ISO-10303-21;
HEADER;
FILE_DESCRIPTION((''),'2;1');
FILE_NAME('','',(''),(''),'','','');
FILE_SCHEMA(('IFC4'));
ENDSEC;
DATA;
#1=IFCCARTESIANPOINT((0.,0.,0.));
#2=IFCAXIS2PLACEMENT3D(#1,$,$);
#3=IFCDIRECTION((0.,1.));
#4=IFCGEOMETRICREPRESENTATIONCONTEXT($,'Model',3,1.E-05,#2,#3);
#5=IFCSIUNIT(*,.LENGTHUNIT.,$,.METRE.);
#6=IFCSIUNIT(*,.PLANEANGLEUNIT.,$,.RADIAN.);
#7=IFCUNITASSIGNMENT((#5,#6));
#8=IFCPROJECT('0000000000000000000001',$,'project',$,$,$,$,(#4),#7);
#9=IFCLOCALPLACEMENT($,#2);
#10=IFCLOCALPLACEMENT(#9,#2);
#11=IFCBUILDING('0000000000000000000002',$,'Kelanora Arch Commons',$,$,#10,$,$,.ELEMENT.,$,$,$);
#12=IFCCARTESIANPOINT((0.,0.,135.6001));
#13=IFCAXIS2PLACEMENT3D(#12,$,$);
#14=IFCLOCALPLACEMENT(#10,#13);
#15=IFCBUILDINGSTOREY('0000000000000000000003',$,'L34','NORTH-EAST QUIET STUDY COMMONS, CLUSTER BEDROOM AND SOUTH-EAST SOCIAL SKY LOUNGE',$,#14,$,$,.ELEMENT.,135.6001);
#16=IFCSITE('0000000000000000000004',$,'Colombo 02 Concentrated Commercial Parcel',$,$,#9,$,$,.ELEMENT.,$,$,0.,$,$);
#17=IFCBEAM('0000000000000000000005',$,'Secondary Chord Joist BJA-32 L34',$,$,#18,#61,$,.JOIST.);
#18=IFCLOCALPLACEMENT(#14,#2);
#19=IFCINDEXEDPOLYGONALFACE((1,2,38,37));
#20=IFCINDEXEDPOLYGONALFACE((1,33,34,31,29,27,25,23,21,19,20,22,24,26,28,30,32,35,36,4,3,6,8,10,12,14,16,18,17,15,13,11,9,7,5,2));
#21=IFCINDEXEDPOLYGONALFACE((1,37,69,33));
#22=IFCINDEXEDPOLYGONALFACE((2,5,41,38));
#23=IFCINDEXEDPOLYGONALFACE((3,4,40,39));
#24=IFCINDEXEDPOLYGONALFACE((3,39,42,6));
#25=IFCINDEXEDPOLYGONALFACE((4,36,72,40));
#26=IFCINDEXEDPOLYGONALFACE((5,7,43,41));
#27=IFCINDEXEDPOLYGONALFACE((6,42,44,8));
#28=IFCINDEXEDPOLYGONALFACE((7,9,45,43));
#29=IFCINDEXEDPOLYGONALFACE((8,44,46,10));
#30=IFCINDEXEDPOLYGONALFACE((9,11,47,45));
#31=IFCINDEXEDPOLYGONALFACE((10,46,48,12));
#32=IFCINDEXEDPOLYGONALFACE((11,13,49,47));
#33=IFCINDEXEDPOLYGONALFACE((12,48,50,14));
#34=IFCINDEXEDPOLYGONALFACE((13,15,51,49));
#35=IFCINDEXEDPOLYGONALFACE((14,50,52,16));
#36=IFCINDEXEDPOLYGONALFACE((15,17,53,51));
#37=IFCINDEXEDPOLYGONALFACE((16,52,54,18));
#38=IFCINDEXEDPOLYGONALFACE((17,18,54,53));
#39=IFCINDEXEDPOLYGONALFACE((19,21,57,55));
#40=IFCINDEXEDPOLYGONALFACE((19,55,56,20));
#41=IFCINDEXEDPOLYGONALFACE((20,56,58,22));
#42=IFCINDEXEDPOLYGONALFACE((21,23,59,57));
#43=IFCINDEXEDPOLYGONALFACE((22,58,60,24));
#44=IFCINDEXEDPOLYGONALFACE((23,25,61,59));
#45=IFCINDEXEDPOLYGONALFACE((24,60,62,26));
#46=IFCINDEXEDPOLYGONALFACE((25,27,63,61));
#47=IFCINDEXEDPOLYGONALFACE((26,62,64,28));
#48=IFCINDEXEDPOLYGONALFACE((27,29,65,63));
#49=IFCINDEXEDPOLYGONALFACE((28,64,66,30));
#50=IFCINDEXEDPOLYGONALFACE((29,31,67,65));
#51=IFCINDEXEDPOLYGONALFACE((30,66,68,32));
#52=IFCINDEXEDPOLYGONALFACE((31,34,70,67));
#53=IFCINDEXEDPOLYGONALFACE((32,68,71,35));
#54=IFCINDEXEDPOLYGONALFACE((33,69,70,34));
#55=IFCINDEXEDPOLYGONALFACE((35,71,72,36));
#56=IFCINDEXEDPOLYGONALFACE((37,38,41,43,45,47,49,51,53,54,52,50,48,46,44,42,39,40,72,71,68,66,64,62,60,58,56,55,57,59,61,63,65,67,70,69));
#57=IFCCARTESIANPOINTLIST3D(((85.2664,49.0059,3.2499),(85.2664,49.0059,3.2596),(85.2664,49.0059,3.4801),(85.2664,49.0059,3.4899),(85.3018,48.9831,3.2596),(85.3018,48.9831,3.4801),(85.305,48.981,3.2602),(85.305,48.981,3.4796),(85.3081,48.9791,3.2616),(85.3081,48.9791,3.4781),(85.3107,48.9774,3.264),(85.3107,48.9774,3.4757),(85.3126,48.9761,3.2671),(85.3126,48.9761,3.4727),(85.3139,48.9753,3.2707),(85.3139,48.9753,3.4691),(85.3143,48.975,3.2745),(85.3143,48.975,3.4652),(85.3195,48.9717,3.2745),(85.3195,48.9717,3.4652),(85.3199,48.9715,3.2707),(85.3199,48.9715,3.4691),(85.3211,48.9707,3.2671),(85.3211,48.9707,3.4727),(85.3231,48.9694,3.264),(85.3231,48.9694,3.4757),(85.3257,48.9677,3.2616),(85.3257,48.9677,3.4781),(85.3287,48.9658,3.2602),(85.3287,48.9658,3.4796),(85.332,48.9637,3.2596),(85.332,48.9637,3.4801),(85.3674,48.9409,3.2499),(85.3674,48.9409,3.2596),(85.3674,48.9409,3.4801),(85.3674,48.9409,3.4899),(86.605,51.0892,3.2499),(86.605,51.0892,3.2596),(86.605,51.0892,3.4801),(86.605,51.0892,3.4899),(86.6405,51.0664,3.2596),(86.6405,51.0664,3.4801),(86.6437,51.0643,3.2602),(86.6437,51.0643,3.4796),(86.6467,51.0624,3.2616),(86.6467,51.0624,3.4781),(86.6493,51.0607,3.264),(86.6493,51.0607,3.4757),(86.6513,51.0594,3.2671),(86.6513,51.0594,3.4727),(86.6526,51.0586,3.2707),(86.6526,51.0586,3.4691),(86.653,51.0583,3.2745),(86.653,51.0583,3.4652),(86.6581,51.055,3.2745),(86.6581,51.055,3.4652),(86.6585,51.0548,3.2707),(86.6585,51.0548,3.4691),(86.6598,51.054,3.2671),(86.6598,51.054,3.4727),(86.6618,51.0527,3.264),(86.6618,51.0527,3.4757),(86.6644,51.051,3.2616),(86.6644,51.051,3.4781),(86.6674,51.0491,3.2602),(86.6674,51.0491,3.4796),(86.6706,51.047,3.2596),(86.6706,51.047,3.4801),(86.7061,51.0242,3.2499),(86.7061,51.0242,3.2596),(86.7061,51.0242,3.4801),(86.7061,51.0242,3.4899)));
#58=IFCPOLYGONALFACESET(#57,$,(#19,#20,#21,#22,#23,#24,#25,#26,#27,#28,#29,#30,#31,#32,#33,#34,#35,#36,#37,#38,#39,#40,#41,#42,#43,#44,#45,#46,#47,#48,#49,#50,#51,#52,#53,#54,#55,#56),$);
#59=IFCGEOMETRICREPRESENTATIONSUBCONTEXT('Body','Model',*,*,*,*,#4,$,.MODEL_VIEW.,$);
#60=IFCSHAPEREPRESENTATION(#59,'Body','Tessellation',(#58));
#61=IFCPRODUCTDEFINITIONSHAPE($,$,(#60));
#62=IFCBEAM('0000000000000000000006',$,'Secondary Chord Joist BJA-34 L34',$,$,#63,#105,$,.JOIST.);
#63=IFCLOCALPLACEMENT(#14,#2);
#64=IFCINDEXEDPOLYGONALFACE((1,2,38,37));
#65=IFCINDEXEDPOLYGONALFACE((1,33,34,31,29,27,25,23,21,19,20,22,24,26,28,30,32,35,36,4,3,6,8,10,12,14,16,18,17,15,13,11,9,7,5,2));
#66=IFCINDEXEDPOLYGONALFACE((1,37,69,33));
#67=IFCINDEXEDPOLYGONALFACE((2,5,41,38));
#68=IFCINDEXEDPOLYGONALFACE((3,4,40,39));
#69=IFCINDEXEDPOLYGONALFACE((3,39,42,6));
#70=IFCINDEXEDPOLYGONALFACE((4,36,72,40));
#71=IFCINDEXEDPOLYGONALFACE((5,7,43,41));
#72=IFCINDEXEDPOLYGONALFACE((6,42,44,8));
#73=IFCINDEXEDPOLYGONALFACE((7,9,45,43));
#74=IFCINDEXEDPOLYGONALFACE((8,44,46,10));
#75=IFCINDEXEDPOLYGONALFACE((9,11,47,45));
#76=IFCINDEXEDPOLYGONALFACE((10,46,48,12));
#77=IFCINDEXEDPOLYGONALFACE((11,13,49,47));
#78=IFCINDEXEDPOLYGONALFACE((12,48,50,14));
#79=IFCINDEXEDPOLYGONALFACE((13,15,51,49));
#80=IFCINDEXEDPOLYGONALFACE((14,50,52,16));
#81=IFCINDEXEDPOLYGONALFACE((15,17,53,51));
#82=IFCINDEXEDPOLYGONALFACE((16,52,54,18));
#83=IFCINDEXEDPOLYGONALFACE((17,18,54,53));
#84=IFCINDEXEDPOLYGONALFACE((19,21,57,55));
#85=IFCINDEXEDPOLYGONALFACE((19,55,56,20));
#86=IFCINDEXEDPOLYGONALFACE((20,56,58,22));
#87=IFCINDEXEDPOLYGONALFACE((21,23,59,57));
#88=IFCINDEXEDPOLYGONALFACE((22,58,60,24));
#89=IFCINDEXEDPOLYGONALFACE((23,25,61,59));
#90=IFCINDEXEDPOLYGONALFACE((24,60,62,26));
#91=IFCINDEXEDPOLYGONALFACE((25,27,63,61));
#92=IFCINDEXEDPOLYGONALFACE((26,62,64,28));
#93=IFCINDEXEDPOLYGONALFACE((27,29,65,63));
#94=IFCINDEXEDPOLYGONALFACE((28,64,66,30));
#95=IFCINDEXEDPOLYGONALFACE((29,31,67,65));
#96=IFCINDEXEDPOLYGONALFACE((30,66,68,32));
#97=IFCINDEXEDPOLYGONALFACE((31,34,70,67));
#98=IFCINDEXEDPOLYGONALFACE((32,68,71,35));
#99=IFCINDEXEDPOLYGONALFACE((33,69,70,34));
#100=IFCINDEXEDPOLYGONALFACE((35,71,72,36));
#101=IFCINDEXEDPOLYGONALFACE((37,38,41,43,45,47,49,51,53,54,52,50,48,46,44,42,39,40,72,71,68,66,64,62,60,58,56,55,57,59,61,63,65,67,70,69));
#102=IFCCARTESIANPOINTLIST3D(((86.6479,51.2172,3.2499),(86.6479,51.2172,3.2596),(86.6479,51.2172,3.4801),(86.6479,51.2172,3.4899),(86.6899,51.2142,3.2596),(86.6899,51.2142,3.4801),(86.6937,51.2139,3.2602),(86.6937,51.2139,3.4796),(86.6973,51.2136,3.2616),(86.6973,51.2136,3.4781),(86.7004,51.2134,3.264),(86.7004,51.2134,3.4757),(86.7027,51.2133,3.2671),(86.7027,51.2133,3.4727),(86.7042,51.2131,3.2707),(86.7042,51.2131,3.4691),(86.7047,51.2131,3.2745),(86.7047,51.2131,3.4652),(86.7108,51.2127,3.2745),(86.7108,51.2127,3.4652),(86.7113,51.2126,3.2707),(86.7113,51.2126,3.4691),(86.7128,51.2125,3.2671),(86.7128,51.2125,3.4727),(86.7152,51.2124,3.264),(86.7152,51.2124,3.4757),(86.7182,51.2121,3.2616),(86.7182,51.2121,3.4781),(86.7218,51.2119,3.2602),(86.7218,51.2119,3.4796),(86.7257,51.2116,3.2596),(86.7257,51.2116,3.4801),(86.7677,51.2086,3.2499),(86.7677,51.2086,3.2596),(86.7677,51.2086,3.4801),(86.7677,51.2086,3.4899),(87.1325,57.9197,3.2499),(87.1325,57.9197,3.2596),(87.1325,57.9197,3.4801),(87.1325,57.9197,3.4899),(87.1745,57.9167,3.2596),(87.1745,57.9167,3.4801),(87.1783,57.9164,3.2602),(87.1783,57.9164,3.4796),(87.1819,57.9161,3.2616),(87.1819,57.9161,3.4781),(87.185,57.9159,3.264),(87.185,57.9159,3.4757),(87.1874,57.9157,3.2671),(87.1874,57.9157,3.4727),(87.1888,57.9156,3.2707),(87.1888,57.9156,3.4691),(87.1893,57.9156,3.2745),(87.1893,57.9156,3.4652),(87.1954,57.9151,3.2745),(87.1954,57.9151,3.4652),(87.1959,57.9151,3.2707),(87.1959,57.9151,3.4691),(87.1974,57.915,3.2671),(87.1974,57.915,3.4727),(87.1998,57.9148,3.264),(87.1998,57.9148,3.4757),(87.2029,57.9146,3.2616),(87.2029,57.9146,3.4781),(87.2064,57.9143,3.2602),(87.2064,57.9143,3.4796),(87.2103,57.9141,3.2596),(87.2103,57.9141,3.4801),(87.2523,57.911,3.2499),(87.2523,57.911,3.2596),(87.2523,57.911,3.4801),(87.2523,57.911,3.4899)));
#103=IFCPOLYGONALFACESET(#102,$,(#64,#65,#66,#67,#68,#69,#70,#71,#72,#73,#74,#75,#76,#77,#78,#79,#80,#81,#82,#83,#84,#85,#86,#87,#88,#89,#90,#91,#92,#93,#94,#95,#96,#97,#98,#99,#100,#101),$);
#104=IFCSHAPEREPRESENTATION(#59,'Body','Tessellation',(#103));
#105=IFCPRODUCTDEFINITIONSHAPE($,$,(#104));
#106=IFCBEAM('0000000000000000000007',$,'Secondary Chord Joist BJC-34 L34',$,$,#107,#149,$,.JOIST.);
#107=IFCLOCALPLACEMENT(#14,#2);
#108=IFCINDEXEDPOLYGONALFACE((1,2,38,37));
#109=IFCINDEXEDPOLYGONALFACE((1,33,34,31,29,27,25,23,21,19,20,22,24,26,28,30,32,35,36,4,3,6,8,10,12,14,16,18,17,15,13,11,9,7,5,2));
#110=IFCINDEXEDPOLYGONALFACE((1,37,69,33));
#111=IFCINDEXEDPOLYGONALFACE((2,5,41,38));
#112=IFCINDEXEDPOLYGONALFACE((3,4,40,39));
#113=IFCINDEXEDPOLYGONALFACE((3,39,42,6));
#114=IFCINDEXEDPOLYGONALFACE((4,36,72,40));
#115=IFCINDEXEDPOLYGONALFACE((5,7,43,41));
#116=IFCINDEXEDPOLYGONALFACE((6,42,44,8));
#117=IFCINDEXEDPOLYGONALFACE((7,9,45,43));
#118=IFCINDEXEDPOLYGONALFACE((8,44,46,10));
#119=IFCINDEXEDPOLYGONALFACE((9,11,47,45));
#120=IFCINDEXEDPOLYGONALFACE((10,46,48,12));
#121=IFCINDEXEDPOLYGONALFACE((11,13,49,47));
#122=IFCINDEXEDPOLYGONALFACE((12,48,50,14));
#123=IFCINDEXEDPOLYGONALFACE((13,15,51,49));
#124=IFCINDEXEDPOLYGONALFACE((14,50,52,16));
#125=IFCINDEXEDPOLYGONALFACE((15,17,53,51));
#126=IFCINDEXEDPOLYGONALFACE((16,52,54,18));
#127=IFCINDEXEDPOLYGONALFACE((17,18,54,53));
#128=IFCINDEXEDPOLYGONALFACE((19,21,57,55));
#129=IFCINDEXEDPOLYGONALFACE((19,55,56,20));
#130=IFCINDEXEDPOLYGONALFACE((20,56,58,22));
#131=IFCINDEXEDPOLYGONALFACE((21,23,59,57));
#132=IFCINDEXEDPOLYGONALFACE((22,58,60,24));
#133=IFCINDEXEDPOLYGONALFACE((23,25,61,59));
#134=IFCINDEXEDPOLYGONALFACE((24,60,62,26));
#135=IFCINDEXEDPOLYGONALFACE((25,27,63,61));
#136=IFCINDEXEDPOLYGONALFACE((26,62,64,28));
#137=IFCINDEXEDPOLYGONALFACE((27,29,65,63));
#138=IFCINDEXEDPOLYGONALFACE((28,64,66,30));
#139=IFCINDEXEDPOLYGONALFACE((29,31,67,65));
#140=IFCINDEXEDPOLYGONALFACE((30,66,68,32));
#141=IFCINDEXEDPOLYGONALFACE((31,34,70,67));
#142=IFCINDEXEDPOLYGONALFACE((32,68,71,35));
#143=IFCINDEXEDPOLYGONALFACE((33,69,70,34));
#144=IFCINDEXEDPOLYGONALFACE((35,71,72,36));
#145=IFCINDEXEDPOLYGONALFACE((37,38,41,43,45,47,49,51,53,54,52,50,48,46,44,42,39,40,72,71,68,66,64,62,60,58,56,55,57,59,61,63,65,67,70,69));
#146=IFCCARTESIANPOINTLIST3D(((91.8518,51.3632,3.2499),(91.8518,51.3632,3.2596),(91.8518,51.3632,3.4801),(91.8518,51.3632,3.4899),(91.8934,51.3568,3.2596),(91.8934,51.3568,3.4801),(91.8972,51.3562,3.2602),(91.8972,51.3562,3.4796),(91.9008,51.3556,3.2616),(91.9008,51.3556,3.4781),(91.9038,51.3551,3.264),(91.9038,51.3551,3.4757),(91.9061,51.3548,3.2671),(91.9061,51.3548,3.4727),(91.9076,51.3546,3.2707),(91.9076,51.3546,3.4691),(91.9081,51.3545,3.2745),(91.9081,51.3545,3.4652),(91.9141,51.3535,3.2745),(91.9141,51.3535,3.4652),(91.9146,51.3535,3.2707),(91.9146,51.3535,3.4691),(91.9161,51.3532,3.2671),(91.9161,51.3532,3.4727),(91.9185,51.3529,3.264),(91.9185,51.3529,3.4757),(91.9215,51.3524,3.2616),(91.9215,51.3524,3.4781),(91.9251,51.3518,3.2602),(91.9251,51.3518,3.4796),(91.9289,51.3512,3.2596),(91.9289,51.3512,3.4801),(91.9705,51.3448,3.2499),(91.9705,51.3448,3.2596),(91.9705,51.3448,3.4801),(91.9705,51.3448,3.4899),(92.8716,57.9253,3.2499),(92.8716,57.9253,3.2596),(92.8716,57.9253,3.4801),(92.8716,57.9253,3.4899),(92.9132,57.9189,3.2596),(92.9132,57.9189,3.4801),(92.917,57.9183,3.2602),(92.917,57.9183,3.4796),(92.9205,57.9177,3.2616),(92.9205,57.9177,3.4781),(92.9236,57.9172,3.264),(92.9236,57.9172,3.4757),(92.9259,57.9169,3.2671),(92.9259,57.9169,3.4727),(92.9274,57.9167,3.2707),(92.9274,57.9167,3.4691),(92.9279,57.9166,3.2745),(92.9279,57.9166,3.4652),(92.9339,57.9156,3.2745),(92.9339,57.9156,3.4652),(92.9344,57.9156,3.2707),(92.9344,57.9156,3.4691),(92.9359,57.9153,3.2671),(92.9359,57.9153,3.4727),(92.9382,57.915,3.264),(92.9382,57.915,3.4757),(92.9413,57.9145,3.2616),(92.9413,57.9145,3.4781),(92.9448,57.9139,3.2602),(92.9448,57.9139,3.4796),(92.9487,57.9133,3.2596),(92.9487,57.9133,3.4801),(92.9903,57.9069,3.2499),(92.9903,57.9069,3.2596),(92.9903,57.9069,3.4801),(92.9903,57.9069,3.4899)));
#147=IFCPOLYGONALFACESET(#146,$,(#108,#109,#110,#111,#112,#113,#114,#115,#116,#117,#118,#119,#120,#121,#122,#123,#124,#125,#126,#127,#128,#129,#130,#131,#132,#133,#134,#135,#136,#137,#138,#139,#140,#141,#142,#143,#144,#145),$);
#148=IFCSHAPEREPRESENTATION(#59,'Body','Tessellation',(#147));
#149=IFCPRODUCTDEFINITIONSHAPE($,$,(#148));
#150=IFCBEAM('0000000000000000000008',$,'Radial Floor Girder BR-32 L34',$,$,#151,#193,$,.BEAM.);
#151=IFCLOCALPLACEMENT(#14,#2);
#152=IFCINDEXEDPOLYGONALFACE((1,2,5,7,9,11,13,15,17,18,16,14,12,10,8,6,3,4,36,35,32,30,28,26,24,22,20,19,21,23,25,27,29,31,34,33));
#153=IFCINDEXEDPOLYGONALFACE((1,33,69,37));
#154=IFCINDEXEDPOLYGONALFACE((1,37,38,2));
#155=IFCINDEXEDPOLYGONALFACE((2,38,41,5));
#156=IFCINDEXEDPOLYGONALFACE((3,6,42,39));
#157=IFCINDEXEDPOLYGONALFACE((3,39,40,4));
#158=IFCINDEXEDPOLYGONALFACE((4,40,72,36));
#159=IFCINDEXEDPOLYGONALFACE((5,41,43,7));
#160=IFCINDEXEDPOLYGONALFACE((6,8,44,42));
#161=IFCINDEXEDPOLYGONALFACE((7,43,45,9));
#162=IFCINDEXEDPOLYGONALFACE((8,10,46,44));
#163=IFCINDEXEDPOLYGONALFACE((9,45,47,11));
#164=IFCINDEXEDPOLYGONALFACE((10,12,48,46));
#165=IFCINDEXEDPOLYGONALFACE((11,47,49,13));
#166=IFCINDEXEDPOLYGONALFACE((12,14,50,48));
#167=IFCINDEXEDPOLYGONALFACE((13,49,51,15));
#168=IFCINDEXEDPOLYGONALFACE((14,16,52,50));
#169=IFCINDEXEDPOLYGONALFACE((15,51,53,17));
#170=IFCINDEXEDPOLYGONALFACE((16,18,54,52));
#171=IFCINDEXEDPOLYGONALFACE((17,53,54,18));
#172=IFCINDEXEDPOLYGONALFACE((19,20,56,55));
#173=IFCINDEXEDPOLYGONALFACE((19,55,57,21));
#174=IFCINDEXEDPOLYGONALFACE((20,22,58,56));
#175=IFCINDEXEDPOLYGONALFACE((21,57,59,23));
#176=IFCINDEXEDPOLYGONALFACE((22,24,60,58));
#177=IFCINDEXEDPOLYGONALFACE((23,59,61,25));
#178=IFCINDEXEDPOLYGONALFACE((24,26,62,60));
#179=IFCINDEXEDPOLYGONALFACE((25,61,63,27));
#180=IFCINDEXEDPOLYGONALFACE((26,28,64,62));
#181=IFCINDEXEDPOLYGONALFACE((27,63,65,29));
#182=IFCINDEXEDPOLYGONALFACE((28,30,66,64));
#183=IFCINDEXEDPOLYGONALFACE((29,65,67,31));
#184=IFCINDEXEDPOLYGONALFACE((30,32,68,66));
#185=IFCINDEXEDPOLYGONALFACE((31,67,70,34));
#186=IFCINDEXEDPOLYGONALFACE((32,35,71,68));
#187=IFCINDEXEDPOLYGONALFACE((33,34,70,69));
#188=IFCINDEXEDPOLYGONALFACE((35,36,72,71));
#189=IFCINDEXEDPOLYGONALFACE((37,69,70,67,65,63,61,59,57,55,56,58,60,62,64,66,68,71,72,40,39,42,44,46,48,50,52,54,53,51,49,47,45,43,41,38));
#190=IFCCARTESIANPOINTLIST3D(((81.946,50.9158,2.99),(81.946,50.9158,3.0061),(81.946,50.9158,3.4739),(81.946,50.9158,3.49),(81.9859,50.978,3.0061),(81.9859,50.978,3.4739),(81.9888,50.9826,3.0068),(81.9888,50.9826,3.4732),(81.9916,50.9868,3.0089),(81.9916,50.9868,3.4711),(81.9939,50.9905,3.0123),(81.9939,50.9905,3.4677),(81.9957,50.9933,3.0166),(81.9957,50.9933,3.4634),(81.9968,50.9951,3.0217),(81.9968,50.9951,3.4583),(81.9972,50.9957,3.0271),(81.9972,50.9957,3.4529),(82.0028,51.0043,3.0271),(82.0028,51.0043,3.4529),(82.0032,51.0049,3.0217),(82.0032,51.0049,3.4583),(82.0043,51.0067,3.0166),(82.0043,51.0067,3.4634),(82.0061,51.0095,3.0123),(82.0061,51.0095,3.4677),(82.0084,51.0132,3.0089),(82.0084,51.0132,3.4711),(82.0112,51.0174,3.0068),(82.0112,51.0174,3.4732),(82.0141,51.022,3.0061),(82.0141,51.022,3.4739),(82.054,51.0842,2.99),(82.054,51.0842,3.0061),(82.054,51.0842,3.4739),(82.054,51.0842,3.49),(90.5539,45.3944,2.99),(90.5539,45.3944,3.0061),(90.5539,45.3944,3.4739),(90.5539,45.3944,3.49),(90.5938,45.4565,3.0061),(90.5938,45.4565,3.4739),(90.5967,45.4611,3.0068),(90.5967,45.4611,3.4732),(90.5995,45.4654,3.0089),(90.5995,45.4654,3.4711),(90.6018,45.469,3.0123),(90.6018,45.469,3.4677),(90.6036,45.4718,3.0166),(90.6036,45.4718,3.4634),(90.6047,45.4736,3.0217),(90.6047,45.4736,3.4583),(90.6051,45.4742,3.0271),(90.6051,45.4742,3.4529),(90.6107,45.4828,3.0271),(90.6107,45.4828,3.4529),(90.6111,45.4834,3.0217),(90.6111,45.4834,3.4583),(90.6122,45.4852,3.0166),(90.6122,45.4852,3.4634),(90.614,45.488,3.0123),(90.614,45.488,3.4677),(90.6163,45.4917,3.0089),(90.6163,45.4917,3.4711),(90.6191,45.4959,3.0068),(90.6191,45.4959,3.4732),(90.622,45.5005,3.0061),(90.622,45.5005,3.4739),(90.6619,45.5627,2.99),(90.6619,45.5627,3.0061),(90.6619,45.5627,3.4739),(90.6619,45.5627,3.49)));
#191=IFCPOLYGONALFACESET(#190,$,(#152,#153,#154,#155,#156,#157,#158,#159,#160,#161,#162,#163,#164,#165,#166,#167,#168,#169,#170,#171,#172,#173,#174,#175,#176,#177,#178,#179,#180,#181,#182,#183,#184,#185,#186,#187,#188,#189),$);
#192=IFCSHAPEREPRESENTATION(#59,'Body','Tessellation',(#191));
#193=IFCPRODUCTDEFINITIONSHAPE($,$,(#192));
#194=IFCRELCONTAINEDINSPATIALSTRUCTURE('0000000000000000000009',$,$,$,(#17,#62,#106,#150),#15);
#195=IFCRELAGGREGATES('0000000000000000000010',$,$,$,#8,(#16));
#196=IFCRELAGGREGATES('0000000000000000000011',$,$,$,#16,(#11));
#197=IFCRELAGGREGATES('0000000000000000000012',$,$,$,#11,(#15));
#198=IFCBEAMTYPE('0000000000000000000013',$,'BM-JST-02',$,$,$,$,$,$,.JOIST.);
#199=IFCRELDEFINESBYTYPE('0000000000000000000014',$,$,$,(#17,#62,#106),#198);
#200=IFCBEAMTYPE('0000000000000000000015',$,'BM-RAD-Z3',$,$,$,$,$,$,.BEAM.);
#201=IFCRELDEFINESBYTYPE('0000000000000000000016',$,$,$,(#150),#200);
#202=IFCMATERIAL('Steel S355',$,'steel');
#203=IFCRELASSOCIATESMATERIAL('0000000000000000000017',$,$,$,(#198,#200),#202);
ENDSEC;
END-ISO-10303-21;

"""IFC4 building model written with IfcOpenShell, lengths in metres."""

from ifc_helpers import new_model, si_unit, direction, frame, origin, origin_2d, place, context, subcontext, project, spatial, i_section, extrude, material, material_profile, profile_set, type_object, element, save


model = new_model("IFC4")

# Units and contexts
model_context = context("Model", 3, precision=1e-05, world=origin(), true_north=direction((0.0, 1.0)))
body_context = subcontext(model_context, "Body", "Model", "MODEL_VIEW")
ifc_project = project(units=[si_unit("LENGTHUNIT", "METRE"), si_unit("PLANEANGLEUNIT", "RADIAN")], contexts=[model_context])

# Site, building, storey
site_placement = place(None, origin())
site = spatial("IfcSite", under=ifc_project, at=site_placement, Name="Colombo 02 Concentrated Commercial Parcel", CompositionType="ELEMENT", RefElevation=0.0)
building_placement = place(site_placement, origin())
building = spatial("IfcBuilding", under=site, at=building_placement, Name="Kelanora Arch Commons", CompositionType="ELEMENT")
storey_placement = place(building_placement, frame((0.0, 0.0, 135.6001)))
storey = spatial("IfcBuildingStorey", under=building, at=storey_placement, Name="L34", Description="NORTH-EAST QUIET STUDY COMMONS, CLUSTER BEDROOM AND SOUTH-EAST SOCIAL SKY LOUNGE", CompositionType="ELEMENT", Elevation=135.6001)

# Beams
ifc_material_1 = material(Name="Steel S355", Category="steel")
ifc_material_profile_1 = material_profile(ifc_material_1, i_section(OverallWidth=0.1201, OverallDepth=0.24, WebThickness=0.0061, FlangeThickness=0.0098, FilletRadius=0.0149, at=origin_2d()), Name="IPE240")
ifc_profile_set_1 = profile_set([ifc_material_profile_1], Name="Steel S355")
beam_type_1 = type_object("IfcBeamType", Name="BM-JST-02", PredefinedType="JOIST", material=ifc_profile_set_1)
beam_1_placement = place(storey_placement, frame((85.3169, 48.9734, 3.3699), z_axis=(0.540583, 0.841291, 0.0), x_axis=(-0.841291, 0.540583, 0.0)))
element("IfcBeam", 1, at=beam_1_placement, inside=storey, type_object=beam_type_1, Name="Secondary Chord Joist BJA-32 L34", PredefinedType="JOIST", context=body_context, shape_type="SweptSolid", body=[
    extrude(i_section(OverallWidth=0.1201, OverallDepth=0.24, WebThickness=0.0061, FlangeThickness=0.0098, FilletRadius=0.0149, at=origin_2d()), origin(), (0.0, 0.0, 1.0), 2.4763),
])
beam_2_placement = place(storey_placement, frame((86.7078, 51.2129, 3.3699), z_axis=(0.072117, 0.997396, 0.0), x_axis=(-0.997396, 0.072117, 0.0)))
element("IfcBeam", 2, at=beam_2_placement, inside=storey, type_object=beam_type_1, Name="Secondary Chord Joist BJA-34 L34", PredefinedType="JOIST", context=body_context, shape_type="SweptSolid", body=[
    extrude(i_section(OverallWidth=0.1201, OverallDepth=0.24, WebThickness=0.0061, FlangeThickness=0.0098, FilletRadius=0.0149, at=origin_2d()), origin(), (0.0, 0.0, 1.0), 6.72),
])
beam_3_placement = place(storey_placement, frame((91.9111, 51.354, 3.3699), z_axis=(0.153563, 0.988139, 0.0), x_axis=(-0.988139, 0.153563, 0.0)))
element("IfcBeam", 3, at=beam_3_placement, inside=storey, type_object=beam_type_1, Name="Secondary Chord Joist BJC-34 L34", PredefinedType="JOIST", context=body_context, shape_type="SweptSolid", body=[
    extrude(i_section(OverallWidth=0.1201, OverallDepth=0.24, WebThickness=0.0061, FlangeThickness=0.0098, FilletRadius=0.0149, at=origin_2d()), origin(), (0.0, 0.0, 1.0), 6.6409),
])
ifc_material_profile_2 = material_profile(ifc_material_1, i_section(OverallWidth=0.2, OverallDepth=0.5, WebThickness=0.0103, FlangeThickness=0.0161, FilletRadius=0.021, at=origin_2d()), Name="IPE500")
ifc_profile_set_2 = profile_set([ifc_material_profile_2], Name="Steel S355")
beam_type_2 = type_object("IfcBeamType", Name="BM-RAD-Z3", PredefinedType="BEAM", material=ifc_profile_set_2)
beam_4_placement = place(storey_placement, frame((82.0, 51.0, 3.24), z_axis=(0.841719, -0.539915, 0.0), x_axis=(0.539915, 0.841719, 0.0)))
element("IfcBeam", 4, at=beam_4_placement, inside=storey, type_object=beam_type_2, Name="Radial Floor Girder BR-32 L34", PredefinedType="BEAM", context=body_context, shape_type="SweptSolid", body=[
    extrude(i_section(OverallWidth=0.2, OverallDepth=0.5, WebThickness=0.0103, FlangeThickness=0.0161, FilletRadius=0.021, at=origin_2d()), origin(), (0.0, 0.0, 1.0), 10.2266),
])

save(model, "model.ifc")
